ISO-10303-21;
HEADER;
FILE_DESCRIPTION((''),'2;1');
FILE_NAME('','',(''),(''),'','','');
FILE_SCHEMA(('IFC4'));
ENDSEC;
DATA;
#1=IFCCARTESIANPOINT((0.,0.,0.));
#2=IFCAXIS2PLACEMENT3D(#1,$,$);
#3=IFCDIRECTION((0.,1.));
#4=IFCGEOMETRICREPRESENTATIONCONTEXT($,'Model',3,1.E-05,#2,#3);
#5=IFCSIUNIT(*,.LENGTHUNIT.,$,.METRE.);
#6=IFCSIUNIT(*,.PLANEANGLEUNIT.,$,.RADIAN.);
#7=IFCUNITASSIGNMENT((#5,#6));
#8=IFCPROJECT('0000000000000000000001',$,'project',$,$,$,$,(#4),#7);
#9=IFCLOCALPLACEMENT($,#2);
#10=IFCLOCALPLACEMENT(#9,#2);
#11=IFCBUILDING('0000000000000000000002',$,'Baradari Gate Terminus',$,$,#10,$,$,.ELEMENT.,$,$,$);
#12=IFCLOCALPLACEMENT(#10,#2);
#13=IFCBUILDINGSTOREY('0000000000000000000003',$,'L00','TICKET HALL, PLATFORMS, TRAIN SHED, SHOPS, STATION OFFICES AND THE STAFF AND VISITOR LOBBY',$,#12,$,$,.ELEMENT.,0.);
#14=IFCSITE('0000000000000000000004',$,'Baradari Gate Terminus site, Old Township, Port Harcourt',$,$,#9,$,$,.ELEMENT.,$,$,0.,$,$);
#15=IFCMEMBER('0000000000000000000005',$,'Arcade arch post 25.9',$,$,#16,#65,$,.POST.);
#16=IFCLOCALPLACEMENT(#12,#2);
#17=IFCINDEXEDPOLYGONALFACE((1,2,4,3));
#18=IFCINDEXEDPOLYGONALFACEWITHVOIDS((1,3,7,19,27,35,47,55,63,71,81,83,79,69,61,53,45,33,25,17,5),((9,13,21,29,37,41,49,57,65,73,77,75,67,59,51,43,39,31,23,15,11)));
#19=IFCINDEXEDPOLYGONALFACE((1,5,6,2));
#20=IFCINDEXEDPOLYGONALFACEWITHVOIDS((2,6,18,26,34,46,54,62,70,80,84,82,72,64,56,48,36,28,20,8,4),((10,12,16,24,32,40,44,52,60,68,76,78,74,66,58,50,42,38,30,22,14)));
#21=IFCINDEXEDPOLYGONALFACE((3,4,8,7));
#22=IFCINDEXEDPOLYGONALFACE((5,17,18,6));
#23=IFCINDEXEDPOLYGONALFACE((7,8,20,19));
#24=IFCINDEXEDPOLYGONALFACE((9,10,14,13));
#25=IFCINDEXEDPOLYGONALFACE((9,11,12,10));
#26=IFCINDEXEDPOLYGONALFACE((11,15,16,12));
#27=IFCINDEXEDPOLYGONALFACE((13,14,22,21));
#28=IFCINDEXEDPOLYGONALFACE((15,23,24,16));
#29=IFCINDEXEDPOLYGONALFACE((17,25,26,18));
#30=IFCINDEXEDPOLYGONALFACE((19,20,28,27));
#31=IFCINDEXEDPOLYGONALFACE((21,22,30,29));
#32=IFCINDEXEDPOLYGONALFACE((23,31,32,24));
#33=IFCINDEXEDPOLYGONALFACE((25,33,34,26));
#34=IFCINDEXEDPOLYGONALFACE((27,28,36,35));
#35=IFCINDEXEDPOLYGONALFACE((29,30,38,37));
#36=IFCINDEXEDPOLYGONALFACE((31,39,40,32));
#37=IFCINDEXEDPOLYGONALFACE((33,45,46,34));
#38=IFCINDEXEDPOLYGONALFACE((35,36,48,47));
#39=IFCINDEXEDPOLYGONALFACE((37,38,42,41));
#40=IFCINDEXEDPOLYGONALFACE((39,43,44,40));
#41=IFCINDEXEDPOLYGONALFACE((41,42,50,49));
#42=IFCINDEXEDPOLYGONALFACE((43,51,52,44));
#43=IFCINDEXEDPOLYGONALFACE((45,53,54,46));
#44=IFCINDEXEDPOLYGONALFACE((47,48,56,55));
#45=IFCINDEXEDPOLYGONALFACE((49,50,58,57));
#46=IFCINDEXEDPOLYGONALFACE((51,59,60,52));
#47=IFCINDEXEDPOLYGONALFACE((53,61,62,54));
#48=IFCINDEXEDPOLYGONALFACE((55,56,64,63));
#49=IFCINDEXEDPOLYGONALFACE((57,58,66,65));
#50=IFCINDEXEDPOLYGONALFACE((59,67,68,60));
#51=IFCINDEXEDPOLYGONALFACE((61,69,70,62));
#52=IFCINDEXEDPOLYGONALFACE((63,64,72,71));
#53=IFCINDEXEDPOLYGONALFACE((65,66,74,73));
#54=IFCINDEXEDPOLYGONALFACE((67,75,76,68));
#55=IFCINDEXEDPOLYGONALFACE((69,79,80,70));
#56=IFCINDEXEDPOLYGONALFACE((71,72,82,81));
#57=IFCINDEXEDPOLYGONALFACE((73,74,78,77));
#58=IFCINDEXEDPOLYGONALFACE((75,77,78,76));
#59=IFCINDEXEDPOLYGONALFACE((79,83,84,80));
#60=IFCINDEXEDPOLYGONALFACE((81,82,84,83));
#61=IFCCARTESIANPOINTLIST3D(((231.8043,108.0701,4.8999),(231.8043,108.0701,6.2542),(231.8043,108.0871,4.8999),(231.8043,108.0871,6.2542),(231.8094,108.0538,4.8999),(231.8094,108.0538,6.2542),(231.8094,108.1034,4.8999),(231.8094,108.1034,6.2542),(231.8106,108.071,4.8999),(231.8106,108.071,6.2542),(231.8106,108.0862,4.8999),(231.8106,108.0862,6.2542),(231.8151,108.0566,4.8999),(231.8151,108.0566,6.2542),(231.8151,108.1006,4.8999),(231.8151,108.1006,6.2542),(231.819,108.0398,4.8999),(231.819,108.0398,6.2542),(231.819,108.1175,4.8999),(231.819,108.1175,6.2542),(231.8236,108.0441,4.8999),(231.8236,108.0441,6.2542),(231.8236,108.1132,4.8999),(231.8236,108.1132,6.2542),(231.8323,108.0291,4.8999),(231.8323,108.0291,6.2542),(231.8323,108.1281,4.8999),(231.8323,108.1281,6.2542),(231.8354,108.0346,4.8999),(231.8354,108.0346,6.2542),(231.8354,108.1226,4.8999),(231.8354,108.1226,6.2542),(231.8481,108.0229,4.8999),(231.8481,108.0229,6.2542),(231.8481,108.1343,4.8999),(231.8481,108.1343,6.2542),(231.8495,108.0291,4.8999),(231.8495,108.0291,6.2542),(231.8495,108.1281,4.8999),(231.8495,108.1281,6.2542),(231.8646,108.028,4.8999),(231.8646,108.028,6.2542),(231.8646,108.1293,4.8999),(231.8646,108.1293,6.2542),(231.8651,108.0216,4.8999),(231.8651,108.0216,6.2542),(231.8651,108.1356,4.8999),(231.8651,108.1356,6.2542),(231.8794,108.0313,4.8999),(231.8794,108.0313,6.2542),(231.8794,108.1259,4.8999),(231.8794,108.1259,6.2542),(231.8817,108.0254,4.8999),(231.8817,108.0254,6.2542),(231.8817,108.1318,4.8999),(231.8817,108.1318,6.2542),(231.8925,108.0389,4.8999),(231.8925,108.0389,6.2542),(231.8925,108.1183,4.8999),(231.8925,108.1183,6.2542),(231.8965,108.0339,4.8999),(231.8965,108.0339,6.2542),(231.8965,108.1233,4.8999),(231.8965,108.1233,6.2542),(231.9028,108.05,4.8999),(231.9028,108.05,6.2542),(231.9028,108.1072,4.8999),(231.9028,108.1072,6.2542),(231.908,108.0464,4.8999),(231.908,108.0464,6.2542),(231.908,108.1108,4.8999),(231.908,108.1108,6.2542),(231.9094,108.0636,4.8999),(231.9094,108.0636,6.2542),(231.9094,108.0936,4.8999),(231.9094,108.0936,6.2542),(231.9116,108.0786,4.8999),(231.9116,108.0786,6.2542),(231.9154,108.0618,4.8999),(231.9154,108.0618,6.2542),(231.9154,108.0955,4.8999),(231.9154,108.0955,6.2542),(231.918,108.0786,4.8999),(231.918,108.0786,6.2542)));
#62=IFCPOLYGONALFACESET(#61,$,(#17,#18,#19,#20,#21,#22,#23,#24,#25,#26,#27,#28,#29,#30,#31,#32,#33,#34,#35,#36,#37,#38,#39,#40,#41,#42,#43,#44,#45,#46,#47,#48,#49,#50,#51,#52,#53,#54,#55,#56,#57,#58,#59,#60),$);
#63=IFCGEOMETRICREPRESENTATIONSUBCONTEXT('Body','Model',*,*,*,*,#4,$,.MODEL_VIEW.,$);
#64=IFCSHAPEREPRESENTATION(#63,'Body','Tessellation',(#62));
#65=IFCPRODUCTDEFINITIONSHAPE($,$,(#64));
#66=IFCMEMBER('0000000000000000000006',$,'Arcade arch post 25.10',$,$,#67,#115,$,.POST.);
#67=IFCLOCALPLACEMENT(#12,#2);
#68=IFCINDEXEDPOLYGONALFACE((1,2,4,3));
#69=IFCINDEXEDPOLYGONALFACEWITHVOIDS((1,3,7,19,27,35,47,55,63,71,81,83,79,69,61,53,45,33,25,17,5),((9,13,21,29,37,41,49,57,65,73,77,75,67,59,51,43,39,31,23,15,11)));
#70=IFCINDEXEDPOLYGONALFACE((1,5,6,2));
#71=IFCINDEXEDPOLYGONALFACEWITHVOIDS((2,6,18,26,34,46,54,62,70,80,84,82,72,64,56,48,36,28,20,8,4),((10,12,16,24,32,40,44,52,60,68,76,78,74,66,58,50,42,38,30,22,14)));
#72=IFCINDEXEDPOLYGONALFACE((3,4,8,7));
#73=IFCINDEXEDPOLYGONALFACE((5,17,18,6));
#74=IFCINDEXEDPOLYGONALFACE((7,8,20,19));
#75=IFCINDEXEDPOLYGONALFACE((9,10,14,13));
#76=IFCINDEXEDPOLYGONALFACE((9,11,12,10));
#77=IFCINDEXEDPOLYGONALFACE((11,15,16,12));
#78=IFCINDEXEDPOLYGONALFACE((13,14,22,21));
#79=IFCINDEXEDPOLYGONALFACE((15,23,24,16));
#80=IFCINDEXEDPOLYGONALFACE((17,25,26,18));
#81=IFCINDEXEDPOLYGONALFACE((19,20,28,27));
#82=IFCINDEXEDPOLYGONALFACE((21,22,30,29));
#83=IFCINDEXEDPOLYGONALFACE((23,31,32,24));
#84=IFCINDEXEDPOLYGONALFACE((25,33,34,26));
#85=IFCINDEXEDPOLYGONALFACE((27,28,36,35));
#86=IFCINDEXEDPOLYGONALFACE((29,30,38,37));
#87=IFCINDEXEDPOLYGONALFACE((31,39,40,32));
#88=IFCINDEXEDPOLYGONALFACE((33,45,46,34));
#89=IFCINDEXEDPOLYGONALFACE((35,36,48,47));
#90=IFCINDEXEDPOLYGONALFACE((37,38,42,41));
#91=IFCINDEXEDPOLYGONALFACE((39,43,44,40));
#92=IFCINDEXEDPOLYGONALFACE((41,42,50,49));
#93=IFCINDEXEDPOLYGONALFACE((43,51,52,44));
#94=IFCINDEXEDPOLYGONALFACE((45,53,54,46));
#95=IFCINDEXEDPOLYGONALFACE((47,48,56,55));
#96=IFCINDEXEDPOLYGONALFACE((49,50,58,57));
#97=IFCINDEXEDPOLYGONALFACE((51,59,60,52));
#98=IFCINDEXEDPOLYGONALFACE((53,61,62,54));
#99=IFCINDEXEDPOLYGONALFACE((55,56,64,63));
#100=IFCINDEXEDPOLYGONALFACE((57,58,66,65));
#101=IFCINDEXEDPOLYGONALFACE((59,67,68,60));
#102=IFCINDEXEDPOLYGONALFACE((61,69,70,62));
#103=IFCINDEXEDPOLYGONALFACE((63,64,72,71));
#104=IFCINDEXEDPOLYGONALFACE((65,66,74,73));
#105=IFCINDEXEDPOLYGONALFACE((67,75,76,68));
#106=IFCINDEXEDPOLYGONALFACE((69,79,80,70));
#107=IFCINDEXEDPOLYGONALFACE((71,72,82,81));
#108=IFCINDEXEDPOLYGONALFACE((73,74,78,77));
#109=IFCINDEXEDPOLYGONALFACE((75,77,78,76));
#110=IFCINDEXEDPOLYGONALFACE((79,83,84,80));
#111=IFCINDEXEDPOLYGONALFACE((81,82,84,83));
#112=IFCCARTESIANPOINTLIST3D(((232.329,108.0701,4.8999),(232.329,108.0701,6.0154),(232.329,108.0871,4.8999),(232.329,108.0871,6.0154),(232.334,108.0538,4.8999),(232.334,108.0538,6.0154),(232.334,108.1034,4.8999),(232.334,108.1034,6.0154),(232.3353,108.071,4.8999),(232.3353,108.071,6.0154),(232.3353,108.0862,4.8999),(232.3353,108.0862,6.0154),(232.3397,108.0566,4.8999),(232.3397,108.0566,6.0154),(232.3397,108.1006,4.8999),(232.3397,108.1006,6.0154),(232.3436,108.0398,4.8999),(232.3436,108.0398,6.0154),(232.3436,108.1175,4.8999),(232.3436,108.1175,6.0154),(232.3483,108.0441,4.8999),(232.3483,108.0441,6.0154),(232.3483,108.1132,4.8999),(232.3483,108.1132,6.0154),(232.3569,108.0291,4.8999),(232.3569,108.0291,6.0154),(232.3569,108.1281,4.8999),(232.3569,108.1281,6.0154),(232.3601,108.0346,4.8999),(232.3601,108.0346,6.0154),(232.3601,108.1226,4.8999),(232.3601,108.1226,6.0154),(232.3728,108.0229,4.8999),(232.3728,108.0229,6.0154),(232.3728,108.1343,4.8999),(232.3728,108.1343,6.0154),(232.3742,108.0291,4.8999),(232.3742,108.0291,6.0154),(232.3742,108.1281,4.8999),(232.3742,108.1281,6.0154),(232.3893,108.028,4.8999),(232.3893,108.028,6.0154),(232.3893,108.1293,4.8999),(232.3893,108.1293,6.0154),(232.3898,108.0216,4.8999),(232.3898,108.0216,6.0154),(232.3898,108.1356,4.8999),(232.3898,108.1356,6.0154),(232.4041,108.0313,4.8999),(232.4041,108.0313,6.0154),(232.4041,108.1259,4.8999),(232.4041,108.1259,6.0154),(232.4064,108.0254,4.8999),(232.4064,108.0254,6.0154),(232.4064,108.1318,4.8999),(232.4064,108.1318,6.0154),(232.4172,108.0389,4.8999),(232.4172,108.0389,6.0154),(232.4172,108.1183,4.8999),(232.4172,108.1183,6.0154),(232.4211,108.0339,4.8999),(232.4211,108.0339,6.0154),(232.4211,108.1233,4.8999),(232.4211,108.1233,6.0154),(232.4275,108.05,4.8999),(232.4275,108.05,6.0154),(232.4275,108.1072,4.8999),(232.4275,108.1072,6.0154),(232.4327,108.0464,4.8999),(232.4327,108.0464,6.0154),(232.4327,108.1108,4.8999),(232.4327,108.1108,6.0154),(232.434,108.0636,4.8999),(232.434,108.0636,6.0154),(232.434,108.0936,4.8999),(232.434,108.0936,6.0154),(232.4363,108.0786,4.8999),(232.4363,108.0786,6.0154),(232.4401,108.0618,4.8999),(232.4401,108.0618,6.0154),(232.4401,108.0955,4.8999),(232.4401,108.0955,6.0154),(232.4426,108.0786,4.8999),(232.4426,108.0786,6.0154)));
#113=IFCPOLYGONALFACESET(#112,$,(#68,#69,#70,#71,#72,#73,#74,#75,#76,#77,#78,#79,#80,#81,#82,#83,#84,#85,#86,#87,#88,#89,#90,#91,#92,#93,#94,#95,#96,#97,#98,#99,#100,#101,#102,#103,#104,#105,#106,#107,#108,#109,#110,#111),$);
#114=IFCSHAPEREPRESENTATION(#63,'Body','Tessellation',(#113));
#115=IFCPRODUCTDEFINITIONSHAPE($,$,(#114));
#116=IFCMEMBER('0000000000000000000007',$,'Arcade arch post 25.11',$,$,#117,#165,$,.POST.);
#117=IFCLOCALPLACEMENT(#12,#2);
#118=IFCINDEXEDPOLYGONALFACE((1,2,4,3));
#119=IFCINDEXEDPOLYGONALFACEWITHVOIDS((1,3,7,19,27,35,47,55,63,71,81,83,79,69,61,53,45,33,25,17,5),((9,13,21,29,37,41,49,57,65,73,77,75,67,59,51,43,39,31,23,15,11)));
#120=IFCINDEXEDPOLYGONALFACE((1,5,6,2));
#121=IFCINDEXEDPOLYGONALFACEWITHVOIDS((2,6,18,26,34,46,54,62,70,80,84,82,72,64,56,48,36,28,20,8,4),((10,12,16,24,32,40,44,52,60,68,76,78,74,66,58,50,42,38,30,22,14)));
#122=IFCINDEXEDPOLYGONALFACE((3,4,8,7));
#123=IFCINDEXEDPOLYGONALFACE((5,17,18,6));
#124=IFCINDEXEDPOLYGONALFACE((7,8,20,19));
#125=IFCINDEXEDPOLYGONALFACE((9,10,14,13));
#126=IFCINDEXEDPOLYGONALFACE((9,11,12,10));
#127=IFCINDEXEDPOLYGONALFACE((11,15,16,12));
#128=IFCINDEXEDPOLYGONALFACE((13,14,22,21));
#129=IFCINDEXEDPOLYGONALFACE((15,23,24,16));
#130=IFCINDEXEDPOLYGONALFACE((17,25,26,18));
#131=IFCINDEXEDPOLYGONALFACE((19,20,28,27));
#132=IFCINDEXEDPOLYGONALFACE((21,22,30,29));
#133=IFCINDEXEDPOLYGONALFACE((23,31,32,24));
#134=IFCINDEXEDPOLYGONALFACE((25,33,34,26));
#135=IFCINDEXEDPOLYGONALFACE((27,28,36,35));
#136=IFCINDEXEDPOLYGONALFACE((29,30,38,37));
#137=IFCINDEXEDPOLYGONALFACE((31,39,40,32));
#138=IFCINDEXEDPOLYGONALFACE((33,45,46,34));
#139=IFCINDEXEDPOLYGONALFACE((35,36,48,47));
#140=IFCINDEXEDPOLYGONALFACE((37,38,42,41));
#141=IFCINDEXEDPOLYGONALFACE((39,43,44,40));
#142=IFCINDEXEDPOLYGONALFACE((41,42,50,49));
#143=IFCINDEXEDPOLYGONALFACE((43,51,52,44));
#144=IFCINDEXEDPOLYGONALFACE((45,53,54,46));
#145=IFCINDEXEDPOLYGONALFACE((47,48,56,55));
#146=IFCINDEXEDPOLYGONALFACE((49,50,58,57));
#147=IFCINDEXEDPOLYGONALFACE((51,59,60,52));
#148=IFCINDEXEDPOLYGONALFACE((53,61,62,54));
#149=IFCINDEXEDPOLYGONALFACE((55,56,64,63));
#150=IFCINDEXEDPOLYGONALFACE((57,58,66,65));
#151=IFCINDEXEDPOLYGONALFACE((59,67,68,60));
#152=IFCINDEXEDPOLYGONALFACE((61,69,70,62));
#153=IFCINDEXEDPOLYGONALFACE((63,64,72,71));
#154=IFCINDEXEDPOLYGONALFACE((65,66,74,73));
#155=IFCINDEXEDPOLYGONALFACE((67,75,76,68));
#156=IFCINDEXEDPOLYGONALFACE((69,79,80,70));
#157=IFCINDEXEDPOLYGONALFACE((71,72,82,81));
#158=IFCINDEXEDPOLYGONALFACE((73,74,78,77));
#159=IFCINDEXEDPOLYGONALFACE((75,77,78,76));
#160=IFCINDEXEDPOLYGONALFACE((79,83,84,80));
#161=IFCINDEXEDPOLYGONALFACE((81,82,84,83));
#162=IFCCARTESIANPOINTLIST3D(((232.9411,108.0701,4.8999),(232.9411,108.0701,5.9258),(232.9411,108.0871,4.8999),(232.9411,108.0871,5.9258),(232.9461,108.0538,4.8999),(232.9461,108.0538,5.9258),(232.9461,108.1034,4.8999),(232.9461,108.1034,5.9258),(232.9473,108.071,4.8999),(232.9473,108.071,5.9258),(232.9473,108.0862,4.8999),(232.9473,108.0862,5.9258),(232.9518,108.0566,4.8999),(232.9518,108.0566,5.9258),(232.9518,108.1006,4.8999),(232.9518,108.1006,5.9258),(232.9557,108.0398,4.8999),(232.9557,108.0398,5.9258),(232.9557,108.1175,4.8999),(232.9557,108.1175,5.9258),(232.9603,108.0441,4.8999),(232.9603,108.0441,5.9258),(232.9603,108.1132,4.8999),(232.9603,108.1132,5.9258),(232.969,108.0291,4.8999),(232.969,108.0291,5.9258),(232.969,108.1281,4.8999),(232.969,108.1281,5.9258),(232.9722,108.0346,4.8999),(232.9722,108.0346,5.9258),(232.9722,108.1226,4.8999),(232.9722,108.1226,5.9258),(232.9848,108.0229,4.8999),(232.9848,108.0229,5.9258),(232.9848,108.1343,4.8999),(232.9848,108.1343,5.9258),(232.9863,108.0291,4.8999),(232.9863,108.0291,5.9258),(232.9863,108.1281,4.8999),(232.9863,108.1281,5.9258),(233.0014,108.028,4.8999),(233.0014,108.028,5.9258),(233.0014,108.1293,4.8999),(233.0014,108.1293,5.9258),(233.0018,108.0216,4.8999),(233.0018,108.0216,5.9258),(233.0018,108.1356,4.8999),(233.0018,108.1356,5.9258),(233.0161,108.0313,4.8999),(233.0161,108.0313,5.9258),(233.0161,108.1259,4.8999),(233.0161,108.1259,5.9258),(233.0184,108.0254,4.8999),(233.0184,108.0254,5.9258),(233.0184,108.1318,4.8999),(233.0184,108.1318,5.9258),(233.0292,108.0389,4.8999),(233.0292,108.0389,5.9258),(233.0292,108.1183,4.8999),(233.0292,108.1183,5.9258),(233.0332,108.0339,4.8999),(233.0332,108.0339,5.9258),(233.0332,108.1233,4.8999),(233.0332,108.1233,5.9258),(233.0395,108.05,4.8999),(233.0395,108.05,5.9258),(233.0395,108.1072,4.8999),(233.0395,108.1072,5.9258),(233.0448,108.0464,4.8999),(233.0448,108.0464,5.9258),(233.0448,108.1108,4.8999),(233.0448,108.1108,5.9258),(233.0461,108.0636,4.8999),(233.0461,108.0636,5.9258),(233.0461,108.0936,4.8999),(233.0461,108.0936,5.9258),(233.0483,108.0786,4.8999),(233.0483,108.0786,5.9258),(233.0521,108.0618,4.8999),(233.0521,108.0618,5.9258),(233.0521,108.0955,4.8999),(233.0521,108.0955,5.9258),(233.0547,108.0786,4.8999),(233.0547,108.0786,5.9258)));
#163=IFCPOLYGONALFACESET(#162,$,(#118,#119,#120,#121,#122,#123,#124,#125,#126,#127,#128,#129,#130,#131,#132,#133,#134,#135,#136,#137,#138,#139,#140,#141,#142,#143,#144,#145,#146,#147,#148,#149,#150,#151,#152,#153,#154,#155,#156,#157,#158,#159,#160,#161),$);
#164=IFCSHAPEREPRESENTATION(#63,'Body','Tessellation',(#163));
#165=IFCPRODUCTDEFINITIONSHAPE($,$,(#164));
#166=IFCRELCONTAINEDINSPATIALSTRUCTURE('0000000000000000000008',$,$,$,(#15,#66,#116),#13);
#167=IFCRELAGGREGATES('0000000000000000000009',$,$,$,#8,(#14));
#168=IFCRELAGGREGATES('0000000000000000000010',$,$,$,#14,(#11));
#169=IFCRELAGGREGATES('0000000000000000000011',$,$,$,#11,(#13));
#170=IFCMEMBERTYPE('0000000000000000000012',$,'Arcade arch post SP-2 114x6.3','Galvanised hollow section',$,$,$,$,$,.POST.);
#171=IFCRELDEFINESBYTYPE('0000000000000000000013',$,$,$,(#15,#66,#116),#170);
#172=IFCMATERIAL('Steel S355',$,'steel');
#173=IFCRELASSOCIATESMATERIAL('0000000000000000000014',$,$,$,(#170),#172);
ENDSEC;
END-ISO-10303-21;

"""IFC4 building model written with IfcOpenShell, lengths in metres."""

from ifc_helpers import new_model, si_unit, direction, frame, origin, origin_2d, place, context, subcontext, project, spatial, hollow_circle, extrude, material, material_profile, profile_set, type_object, element, save


model = new_model("IFC4")

# Units and contexts
model_context = context("Model", 3, precision=1e-05, world=origin(), true_north=direction((0.0, 1.0)))
body_context = subcontext(model_context, "Body", "Model", "MODEL_VIEW")
ifc_project = project(units=[si_unit("LENGTHUNIT", "METRE"), si_unit("PLANEANGLEUNIT", "RADIAN")], contexts=[model_context])

# Site, building, storey
site_placement = place(None, origin())
site = spatial("IfcSite", under=ifc_project, at=site_placement, Name="Baradari Gate Terminus site, Old Township, Port Harcourt", CompositionType="ELEMENT", RefElevation=0.0)
building_placement = place(site_placement, origin())
building = spatial("IfcBuilding", under=site, at=building_placement, Name="Baradari Gate Terminus", CompositionType="ELEMENT")
storey_placement = place(building_placement, origin())
storey = spatial("IfcBuildingStorey", under=building, at=storey_placement, Name="L00", Description="TICKET HALL, PLATFORMS, TRAIN SHED, SHOPS, STATION OFFICES AND THE STAFF AND VISITOR LOBBY", CompositionType="ELEMENT", Elevation=0.0)

# Members
ifc_material_1 = material(Name="Steel S355", Category="steel")
ifc_material_profile_1 = material_profile(ifc_material_1, hollow_circle(Radius=0.0571, WallThickness=0.0063, at=origin_2d()), Name="CHS 114.3x6.3")
ifc_profile_set_1 = profile_set([ifc_material_profile_1], Name="Steel S355")
member_type = type_object("IfcMemberType", Name="Arcade arch post SP-2 114x6.3", Description="Galvanised hollow section", PredefinedType="POST", material=ifc_profile_set_1)
member_1_placement = place(storey_placement, frame((231.8608, 108.0786, 4.8999), z_axis=(0.0, 0.0, 1.0), x_axis=(1.0, 0.0, 0.0)))
element("IfcMember", 1, at=member_1_placement, inside=storey, type_object=member_type, Name="Arcade arch post 25.9", PredefinedType="POST", context=body_context, shape_type="SweptSolid", body=[
    extrude(hollow_circle(Radius=0.0571, WallThickness=0.0063, at=origin_2d()), origin(), (0.0, 0.0, 1.0), 1.3542),
])
member_2_placement = place(storey_placement, frame((232.3855, 108.0786, 4.8999), z_axis=(0.0, 0.0, 1.0), x_axis=(1.0, 0.0, 0.0)))
element("IfcMember", 2, at=member_2_placement, inside=storey, type_object=member_type, Name="Arcade arch post 25.10", PredefinedType="POST", context=body_context, shape_type="SweptSolid", body=[
    extrude(hollow_circle(Radius=0.0571, WallThickness=0.0063, at=origin_2d()), origin(), (0.0, 0.0, 1.0), 1.1155),
])
member_3_placement = place(storey_placement, frame((232.9976, 108.0786, 4.8999), z_axis=(0.0, 0.0, 1.0), x_axis=(1.0, 0.0, 0.0)))
element("IfcMember", 3, at=member_3_placement, inside=storey, type_object=member_type, Name="Arcade arch post 25.11", PredefinedType="POST", context=body_context, shape_type="SweptSolid", body=[
    extrude(hollow_circle(Radius=0.0571, WallThickness=0.0063, at=origin_2d()), origin(), (0.0, 0.0, 1.0), 1.0259),
])

save(model, "model.ifc")
